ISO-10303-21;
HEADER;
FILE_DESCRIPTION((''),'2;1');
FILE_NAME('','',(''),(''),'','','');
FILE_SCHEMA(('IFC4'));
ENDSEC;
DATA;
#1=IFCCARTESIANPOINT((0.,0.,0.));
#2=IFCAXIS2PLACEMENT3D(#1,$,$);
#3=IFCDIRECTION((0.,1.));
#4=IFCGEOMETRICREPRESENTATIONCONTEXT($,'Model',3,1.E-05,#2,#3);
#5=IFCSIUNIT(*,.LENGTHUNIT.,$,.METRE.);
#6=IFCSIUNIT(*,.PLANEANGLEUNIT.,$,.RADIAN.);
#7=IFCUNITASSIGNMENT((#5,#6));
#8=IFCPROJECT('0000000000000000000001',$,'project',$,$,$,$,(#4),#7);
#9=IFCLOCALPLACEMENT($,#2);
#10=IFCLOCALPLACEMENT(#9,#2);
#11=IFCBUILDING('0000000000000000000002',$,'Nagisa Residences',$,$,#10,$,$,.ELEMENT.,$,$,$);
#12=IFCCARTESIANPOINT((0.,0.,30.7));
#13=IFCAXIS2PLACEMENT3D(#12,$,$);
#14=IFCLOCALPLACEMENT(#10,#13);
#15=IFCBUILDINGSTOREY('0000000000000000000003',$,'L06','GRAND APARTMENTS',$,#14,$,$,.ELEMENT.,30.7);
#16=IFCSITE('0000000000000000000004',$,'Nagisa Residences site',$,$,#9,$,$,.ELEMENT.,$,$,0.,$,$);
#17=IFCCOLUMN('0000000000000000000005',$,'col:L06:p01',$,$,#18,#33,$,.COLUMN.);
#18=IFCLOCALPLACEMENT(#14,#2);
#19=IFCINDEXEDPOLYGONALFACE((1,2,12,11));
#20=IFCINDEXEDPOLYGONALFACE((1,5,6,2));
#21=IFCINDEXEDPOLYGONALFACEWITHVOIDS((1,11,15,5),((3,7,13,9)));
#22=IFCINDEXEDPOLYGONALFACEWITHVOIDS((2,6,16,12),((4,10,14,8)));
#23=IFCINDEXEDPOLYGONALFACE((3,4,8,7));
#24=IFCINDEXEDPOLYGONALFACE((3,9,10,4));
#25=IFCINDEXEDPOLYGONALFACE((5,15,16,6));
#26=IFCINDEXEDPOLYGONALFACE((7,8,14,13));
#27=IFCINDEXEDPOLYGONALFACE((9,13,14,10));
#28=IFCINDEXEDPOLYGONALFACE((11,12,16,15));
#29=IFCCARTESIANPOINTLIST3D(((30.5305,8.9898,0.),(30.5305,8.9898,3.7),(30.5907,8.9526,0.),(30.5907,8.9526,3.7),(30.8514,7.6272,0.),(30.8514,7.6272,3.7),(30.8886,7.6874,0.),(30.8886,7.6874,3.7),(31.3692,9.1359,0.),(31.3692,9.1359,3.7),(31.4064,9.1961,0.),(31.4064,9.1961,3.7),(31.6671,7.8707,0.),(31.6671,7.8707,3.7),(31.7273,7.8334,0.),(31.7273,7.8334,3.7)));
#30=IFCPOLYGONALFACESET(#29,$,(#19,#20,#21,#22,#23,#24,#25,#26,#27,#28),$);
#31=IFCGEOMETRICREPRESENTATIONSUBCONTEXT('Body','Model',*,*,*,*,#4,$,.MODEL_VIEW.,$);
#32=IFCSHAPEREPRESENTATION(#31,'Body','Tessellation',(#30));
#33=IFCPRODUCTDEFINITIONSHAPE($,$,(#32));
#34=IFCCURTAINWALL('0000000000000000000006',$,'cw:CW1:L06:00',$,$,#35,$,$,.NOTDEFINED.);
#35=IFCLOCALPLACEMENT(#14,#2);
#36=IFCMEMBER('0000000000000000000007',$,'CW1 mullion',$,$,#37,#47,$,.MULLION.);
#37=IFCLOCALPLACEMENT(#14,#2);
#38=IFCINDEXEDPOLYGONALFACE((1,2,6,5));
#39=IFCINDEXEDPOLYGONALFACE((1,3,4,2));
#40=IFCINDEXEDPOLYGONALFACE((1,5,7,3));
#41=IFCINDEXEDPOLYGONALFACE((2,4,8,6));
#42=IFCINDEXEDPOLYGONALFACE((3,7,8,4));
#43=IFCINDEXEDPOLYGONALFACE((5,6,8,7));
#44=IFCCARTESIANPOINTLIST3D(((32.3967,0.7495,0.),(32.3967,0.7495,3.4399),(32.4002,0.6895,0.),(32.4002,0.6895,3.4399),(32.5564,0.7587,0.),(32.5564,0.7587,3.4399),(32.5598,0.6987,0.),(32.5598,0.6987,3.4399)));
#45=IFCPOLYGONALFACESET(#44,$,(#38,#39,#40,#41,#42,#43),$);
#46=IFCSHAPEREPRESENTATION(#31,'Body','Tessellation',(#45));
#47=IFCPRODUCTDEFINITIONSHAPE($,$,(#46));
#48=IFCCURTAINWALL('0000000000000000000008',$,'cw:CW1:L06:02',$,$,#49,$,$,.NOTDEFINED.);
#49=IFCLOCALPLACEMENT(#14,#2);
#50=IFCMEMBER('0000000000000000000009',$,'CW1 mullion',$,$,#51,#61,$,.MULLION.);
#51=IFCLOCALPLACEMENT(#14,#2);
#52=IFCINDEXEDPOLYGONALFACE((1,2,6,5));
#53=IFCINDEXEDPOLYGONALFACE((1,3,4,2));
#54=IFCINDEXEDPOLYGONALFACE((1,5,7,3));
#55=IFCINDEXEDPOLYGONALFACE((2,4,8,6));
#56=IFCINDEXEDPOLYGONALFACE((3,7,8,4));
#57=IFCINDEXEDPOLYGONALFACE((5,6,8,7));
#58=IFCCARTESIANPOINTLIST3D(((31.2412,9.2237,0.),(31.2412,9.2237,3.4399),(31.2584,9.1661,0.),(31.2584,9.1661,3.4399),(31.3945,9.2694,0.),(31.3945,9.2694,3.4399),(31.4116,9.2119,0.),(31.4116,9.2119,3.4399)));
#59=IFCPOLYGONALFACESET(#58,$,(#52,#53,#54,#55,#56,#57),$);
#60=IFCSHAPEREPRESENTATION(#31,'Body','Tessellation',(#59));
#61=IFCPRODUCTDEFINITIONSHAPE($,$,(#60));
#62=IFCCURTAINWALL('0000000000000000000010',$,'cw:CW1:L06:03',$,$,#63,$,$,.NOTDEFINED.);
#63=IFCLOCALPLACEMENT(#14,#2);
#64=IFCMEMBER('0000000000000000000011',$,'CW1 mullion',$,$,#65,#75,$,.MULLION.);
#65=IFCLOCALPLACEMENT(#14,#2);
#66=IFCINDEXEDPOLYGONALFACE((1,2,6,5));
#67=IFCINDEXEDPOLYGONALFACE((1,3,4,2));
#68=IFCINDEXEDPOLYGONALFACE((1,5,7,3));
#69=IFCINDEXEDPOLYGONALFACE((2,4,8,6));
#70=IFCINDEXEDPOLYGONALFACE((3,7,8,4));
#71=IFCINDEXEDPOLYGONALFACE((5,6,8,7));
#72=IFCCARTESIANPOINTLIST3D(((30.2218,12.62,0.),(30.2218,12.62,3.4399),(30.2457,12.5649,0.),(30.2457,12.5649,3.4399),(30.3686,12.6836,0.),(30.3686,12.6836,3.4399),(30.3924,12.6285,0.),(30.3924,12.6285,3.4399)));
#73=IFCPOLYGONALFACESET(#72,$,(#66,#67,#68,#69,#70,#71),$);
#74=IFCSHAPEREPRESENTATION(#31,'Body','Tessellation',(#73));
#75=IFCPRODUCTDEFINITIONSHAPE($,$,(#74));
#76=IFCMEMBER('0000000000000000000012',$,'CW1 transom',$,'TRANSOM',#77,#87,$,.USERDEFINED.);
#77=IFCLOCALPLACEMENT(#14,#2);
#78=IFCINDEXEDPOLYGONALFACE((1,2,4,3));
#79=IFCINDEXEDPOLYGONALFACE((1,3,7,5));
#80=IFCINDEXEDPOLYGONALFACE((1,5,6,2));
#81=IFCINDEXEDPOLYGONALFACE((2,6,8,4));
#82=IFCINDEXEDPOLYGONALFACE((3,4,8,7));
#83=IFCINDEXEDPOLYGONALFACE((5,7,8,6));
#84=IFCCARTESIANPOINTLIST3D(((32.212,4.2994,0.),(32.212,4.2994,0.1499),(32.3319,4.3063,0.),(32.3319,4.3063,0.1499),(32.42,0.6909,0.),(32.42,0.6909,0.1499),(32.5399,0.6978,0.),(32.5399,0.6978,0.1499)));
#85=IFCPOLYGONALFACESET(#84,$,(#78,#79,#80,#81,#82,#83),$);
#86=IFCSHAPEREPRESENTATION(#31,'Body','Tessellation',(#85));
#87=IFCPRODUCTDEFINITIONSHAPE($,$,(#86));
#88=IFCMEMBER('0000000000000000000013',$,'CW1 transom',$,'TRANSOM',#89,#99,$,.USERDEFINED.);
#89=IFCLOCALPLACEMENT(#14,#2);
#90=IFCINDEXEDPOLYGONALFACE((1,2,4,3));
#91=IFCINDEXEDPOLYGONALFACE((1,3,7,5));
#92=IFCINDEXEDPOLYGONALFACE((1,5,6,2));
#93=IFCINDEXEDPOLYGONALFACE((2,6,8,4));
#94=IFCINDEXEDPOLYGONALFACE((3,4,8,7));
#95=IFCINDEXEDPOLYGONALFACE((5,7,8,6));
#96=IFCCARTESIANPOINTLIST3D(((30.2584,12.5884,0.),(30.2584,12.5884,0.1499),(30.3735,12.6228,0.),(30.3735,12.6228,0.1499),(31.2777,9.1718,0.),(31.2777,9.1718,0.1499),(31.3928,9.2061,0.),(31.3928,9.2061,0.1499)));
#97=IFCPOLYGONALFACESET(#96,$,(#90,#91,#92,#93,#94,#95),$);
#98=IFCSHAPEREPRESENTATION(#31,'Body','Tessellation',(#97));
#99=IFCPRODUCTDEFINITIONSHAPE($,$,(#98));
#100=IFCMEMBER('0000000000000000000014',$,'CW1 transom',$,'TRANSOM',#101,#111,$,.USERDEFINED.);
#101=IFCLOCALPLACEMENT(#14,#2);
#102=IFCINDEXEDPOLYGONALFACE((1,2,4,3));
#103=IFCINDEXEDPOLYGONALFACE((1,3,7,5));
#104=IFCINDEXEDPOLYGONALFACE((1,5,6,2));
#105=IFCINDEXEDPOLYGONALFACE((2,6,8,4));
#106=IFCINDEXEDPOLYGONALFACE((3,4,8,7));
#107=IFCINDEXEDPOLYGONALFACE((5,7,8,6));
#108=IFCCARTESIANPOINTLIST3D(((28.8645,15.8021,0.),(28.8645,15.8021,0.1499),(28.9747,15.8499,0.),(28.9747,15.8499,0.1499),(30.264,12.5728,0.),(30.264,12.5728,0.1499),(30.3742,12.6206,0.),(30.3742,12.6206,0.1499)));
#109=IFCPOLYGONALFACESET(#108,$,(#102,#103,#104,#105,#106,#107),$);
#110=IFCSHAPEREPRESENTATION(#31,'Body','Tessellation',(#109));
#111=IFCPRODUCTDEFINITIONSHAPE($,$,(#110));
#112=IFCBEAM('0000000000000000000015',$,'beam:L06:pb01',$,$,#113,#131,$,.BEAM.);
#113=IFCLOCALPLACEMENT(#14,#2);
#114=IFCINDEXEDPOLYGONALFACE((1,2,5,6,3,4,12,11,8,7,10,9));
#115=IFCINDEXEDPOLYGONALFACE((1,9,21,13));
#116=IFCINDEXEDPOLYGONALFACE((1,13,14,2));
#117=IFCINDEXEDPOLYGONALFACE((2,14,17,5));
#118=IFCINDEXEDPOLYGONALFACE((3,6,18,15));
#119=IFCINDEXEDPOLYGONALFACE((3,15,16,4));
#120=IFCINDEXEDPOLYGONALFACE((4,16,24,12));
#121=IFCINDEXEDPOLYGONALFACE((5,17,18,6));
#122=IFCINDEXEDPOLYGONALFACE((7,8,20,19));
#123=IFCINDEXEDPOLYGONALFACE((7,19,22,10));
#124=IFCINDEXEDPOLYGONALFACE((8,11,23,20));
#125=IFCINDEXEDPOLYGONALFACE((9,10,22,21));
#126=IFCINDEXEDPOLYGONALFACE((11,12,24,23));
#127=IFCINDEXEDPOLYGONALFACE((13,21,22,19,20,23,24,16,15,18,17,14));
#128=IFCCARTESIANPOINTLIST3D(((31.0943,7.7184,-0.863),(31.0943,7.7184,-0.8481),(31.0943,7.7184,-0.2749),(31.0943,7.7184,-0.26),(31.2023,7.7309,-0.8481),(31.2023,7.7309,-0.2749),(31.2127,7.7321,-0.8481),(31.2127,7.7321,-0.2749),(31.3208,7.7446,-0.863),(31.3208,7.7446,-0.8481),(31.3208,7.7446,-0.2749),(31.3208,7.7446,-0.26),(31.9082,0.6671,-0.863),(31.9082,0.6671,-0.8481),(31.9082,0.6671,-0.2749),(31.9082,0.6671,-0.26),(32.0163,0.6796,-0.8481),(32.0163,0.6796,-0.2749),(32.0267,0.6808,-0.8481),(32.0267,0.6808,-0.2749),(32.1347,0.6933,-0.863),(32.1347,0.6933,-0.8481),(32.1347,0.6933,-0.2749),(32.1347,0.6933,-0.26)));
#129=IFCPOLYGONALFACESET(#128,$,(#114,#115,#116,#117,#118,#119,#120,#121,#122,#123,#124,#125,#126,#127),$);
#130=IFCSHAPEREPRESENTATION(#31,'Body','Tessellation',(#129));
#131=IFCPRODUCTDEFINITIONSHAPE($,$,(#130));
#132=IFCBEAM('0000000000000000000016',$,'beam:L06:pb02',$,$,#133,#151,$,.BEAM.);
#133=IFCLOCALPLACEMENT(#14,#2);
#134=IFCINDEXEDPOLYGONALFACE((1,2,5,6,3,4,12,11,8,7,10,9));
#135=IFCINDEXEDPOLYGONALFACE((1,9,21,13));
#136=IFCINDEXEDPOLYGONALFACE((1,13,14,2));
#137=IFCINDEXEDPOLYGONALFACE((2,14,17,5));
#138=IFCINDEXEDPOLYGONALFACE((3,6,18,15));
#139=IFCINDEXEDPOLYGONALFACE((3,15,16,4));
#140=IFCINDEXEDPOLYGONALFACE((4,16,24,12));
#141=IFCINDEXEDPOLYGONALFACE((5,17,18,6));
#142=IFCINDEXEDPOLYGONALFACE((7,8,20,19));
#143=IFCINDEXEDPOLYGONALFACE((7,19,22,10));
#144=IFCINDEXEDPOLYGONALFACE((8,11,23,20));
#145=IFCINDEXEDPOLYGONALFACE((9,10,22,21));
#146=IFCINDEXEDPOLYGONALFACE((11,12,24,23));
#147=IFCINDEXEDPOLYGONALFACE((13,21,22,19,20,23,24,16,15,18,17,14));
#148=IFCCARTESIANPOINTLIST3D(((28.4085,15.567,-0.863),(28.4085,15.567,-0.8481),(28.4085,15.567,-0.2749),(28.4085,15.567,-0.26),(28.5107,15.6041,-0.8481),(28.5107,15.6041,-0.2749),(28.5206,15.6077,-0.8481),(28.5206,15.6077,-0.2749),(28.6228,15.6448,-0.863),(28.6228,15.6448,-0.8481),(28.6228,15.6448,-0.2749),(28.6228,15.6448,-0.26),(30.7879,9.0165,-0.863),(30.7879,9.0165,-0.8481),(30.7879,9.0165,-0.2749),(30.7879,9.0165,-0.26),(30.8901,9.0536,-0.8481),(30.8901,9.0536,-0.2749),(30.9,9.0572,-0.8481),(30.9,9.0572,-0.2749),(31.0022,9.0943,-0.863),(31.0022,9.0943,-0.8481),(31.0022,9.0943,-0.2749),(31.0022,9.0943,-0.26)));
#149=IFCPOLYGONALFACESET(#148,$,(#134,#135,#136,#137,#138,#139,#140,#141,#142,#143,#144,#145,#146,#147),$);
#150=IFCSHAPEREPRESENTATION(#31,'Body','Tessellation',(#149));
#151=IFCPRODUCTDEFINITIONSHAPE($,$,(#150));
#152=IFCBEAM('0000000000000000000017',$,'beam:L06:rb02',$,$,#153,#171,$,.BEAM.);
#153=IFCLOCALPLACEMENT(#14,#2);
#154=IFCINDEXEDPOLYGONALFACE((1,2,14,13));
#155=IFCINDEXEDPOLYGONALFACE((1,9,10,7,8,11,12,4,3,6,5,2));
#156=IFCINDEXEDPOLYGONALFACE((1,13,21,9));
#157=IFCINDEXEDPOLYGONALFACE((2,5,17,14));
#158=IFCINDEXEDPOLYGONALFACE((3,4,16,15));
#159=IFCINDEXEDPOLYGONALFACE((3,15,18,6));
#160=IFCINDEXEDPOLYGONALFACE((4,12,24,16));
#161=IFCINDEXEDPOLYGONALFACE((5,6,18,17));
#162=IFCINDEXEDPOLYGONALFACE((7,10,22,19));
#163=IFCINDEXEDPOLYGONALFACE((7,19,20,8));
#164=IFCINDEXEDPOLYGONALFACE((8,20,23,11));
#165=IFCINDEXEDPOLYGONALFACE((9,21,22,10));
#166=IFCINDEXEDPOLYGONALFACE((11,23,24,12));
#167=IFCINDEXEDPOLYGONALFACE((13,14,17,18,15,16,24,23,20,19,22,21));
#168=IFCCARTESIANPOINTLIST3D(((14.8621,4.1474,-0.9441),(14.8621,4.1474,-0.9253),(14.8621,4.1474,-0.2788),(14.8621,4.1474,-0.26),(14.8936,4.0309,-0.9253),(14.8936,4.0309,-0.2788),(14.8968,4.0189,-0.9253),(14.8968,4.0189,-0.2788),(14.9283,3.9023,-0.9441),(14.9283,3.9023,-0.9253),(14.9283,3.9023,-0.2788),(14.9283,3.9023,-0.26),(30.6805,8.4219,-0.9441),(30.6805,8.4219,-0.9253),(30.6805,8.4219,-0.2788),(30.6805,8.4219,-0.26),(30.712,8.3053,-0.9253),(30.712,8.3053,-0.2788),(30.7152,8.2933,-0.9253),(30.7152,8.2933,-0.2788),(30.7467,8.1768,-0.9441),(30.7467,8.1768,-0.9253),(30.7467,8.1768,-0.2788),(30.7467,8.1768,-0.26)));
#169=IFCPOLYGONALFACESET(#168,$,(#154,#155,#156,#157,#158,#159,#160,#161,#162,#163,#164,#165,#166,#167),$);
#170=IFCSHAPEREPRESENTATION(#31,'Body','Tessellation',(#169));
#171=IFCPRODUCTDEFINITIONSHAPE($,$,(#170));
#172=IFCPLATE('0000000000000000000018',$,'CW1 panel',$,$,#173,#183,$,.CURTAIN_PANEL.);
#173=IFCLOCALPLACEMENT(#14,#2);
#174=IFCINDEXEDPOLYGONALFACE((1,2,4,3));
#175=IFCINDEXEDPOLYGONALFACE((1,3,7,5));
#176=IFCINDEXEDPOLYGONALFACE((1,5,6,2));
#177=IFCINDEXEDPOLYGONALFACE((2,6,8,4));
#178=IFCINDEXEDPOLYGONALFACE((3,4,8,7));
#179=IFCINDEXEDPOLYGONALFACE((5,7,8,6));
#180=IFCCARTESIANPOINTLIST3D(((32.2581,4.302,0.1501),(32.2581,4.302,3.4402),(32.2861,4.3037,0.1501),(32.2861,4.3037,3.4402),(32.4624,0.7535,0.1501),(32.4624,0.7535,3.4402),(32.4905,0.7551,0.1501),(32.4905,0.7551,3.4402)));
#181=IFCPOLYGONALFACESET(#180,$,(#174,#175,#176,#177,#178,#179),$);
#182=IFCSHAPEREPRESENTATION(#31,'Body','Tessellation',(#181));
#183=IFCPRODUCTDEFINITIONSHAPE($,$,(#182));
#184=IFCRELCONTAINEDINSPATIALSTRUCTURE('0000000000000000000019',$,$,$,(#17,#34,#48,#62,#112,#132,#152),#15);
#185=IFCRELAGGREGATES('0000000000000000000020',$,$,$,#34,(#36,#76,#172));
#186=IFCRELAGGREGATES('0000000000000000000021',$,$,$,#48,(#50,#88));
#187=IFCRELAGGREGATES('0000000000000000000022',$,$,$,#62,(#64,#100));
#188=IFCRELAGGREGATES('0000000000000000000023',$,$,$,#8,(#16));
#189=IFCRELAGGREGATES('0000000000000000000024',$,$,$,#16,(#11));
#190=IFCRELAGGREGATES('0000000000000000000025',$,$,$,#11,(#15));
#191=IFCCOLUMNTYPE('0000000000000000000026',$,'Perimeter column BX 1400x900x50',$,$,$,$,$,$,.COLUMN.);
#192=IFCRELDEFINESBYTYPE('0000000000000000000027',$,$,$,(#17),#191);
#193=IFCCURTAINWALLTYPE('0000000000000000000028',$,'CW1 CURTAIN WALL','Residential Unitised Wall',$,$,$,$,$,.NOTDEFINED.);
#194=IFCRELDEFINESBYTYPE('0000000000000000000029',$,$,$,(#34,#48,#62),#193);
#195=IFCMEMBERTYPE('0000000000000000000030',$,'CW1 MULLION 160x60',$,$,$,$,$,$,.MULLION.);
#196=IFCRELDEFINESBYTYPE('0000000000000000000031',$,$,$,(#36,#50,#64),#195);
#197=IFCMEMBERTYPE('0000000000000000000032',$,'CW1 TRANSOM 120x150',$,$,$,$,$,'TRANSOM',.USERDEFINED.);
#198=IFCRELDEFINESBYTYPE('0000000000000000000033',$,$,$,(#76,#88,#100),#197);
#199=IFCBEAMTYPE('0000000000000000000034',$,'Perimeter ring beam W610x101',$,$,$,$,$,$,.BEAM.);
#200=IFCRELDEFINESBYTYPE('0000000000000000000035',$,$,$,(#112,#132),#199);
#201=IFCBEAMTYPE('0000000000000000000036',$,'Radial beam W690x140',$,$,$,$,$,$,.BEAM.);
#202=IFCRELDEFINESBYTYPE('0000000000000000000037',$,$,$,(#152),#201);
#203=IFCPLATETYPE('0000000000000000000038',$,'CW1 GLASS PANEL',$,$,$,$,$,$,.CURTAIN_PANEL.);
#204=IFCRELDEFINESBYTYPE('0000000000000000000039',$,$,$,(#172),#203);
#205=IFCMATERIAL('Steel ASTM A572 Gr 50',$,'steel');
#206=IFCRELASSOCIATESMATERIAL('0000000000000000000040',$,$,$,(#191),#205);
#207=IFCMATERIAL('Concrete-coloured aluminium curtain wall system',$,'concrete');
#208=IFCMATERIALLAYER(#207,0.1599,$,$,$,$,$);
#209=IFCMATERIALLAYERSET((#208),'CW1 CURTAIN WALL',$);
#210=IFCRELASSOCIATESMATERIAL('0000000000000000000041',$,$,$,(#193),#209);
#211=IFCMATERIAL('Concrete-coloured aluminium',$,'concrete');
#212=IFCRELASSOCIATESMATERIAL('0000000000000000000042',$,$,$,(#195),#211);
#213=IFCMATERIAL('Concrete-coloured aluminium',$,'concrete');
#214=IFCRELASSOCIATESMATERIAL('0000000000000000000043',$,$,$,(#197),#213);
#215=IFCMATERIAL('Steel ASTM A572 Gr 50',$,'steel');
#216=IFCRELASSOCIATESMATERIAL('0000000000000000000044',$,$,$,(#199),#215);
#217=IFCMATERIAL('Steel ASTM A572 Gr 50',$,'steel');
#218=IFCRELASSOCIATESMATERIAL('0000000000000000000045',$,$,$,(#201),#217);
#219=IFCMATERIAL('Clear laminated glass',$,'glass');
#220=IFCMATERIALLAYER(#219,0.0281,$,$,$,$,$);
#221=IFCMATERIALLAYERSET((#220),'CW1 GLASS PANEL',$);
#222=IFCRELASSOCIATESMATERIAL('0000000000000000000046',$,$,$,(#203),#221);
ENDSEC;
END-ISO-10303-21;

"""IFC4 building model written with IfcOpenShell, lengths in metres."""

from ifc_helpers import new_model, si_unit, direction, frame, origin, origin_2d, place, context, subcontext, project, spatial, rectangle, hollow_rectangle, i_section, extrude, material, layer, layer_set, material_profile, profile_set, type_object, element, aggregate, save


model = new_model("IFC4")

# Units and contexts
model_context = context("Model", 3, precision=1e-05, world=origin(), true_north=direction((0.0, 1.0)))
body_context = subcontext(model_context, "Body", "Model", "MODEL_VIEW")
ifc_project = project(units=[si_unit("LENGTHUNIT", "METRE"), si_unit("PLANEANGLEUNIT", "RADIAN")], contexts=[model_context])

# Site, building, storey
site_placement = place(None, origin())
site = spatial("IfcSite", under=ifc_project, at=site_placement, Name="Nagisa Residences site", CompositionType="ELEMENT", RefElevation=0.0)
building_placement = place(site_placement, origin())
building = spatial("IfcBuilding", under=site, at=building_placement, Name="Nagisa Residences", CompositionType="ELEMENT")
storey_placement = place(building_placement, frame((0.0, 0.0, 30.7)))
storey = spatial("IfcBuildingStorey", under=building, at=storey_placement, Name="L06", Description="GRAND APARTMENTS", CompositionType="ELEMENT", Elevation=30.7)

# Column
ifc_material_1 = material(Name="Steel ASTM A572 Gr 50", Category="steel")
ifc_material_profile_1 = material_profile(ifc_material_1, hollow_rectangle(XDim=1.3999, YDim=0.8999, WallThickness=0.05, at=origin_2d()), Name="BX 1400x900x50")
ifc_profile_set_1 = profile_set([ifc_material_profile_1], Name="Steel ASTM A572 Gr 50")
column_type = type_object("IfcColumnType", Name="Perimeter column BX 1400x900x50", PredefinedType="COLUMN", material=ifc_profile_set_1)
column_placement = place(storey_placement, frame((31.1289, 8.4116, 0.0), z_axis=(0.0, 0.0, 1.0), x_axis=(-0.229202, 0.973379, 0.0)))
element("IfcColumn", 1, at=column_placement, inside=storey, type_object=column_type, Name="col:L06:p01", PredefinedType="COLUMN", context=body_context, shape_type="SweptSolid", body=[
    extrude(hollow_rectangle(XDim=1.3999, YDim=0.8999, WallThickness=0.05, at=origin_2d()), origin(), (0.0, 0.0, 1.0), 3.7),
])

# Curtain walls, members
ifc_material_2 = material(Name="Concrete-coloured aluminium curtain wall system", Category="concrete")
ifc_layer_1 = layer(ifc_material_2, 0.1599)
ifc_layer_set_1 = layer_set([ifc_layer_1], Name="CW1 CURTAIN WALL")
curtain_wall_type = type_object("IfcCurtainWallType", Name="CW1 CURTAIN WALL", Description="Residential Unitised Wall", PredefinedType="NOTDEFINED", material=ifc_layer_set_1)
curtain_wall_1_placement = place(storey_placement, origin())
curtain_wall_1 = element("IfcCurtainWall", 2, at=curtain_wall_1_placement, inside=storey, type_object=curtain_wall_type, Name="cw:CW1:L06:00", PredefinedType="NOTDEFINED")
ifc_material_3 = material(Name="Concrete-coloured aluminium", Category="concrete")
ifc_material_profile_2 = material_profile(ifc_material_3, rectangle(XDim=0.1599, YDim=0.0601, at=origin_2d()), Name="CW1 MULLION 160x60")
ifc_profile_set_2 = profile_set([ifc_material_profile_2], Name="Concrete-coloured aluminium")
member_type_1 = type_object("IfcMemberType", Name="CW1 MULLION 160x60", PredefinedType="MULLION", material=ifc_profile_set_2)
member_1_placement = place(storey_placement, frame((32.4783, 0.7241, 0.0), z_axis=(0.0, 0.0, 1.0), x_axis=(-0.998345, -0.057503, 0.0)))
member_1 = element("IfcMember", 3, at=member_1_placement, type_object=member_type_1, Name="CW1 mullion", PredefinedType="MULLION", context=body_context, shape_type="SweptSolid", body=[
    extrude(rectangle(XDim=0.1599, YDim=0.0601, at=origin_2d()), origin(), (0.0, 0.0, 1.0), 3.4399),
])
curtain_wall_2_placement = place(storey_placement, origin())
curtain_wall_2 = element("IfcCurtainWall", 4, at=curtain_wall_2_placement, inside=storey, type_object=curtain_wall_type, Name="cw:CW1:L06:02", PredefinedType="NOTDEFINED")
member_2_placement = place(storey_placement, frame((31.3264, 9.2178, 0.0), z_axis=(0.0, 0.0, 1.0), x_axis=(-0.958271, -0.28586, 0.0)))
member_2 = element("IfcMember", 5, at=member_2_placement, type_object=member_type_1, Name="CW1 mullion", PredefinedType="MULLION", context=body_context, shape_type="SweptSolid", body=[
    extrude(rectangle(XDim=0.1599, YDim=0.0601, at=origin_2d()), origin(), (0.0, 0.0, 1.0), 3.4399),
])
curtain_wall_3_placement = place(storey_placement, origin())
curtain_wall_3 = element("IfcCurtainWall", 6, at=curtain_wall_3_placement, inside=storey, type_object=curtain_wall_type, Name="cw:CW1:L06:03", PredefinedType="NOTDEFINED")
member_3_placement = place(storey_placement, frame((30.3071, 12.6243, 0.0), z_axis=(0.0, 0.0, 1.0), x_axis=(-0.917543, -0.397636, 0.0)))
member_3 = element("IfcMember", 7, at=member_3_placement, type_object=member_type_1, Name="CW1 mullion", PredefinedType="MULLION", context=body_context, shape_type="SweptSolid", body=[
    extrude(rectangle(XDim=0.1599, YDim=0.0601, at=origin_2d()), origin(), (0.0, 0.0, 1.0), 3.4399),
])

# Members
ifc_material_4 = material(Name="Concrete-coloured aluminium", Category="concrete")
ifc_material_profile_3 = material_profile(ifc_material_4, rectangle(XDim=0.1201, YDim=0.1499, at=origin_2d()), Name="CW1 TRANSOM 120x150")
ifc_profile_set_3 = profile_set([ifc_material_profile_3], Name="Concrete-coloured aluminium")
member_type_2 = type_object("IfcMemberType", Name="CW1 TRANSOM 120x150", ElementType="TRANSOM", PredefinedType="USERDEFINED", material=ifc_profile_set_3)
member_4_placement = place(storey_placement, frame((32.48, 0.6943, 0.075), z_axis=(-0.05755, 0.998343, 0.0), x_axis=(-0.998343, -0.05755, 0.0)))
member_4 = element("IfcMember", 8, at=member_4_placement, type_object=member_type_2, Name="CW1 transom", ObjectType="TRANSOM", PredefinedType="USERDEFINED", context=body_context, shape_type="SweptSolid", body=[
    extrude(rectangle(XDim=0.1201, YDim=0.1499, at=origin_2d()), origin(), (0.0, 0.0, 1.0), 3.6145),
])
member_5_placement = place(storey_placement, frame((31.3352, 9.189, 0.075), z_axis=(-0.285871, 0.958268, 0.0), x_axis=(-0.958268, -0.285871, 0.0)))
member_5 = element("IfcMember", 9, at=member_5_placement, type_object=member_type_2, Name="CW1 transom", ObjectType="TRANSOM", PredefinedType="USERDEFINED", context=body_context, shape_type="SweptSolid", body=[
    extrude(rectangle(XDim=0.1201, YDim=0.1499, at=origin_2d()), origin(), (0.0, 0.0, 1.0), 3.5654),
])
member_6_placement = place(storey_placement, frame((30.3191, 12.5967, 0.075), z_axis=(-0.397625, 0.917548, 0.0), x_axis=(-0.917548, -0.397625, 0.0)))
member_6 = element("IfcMember", 10, at=member_6_placement, type_object=member_type_2, Name="CW1 transom", ObjectType="TRANSOM", PredefinedType="USERDEFINED", context=body_context, shape_type="SweptSolid", body=[
    extrude(rectangle(XDim=0.1201, YDim=0.1499, at=origin_2d()), origin(), (0.0, 0.0, 1.0), 3.5195),
])

# Beams
ifc_material_5 = material(Name="Steel ASTM A572 Gr 50", Category="steel")
ifc_material_profile_4 = material_profile(ifc_material_5, i_section(OverallWidth=0.228, OverallDepth=0.603, WebThickness=0.0105, FlangeThickness=0.0149, at=origin_2d()), Name="W610x101")
ifc_profile_set_4 = profile_set([ifc_material_profile_4], Name="Steel ASTM A572 Gr 50")
beam_type_1 = type_object("IfcBeamType", Name="Perimeter ring beam W610x101", PredefinedType="BEAM", material=ifc_profile_set_4)
beam_1_placement = place(storey_placement, frame((32.0215, 0.6802, -0.5615), z_axis=(-0.114674, 0.993403, 0.0), x_axis=(-0.993403, -0.114674, 0.0)))
element("IfcBeam", 11, at=beam_1_placement, inside=storey, type_object=beam_type_1, Name="beam:L06:pb01", PredefinedType="BEAM", context=body_context, shape_type="SweptSolid", body=[
    extrude(i_section(OverallWidth=0.228, OverallDepth=0.603, WebThickness=0.0105, FlangeThickness=0.0149, at=origin_2d()), origin(), (0.0, 0.0, 1.0), 7.0981),
])
beam_2_placement = place(storey_placement, frame((30.895, 9.0554, -0.5615), z_axis=(-0.341411, 0.939914, 0.0), x_axis=(-0.939914, -0.341411, 0.0)))
element("IfcBeam", 12, at=beam_2_placement, inside=storey, type_object=beam_type_1, Name="beam:L06:pb02", PredefinedType="BEAM", context=body_context, shape_type="SweptSolid", body=[
    extrude(i_section(OverallWidth=0.228, OverallDepth=0.603, WebThickness=0.0105, FlangeThickness=0.0149, at=origin_2d()), origin(), (0.0, 0.0, 1.0), 6.9692),
])
ifc_material_6 = material(Name="Steel ASTM A572 Gr 50", Category="steel")
ifc_material_profile_5 = material_profile(ifc_material_6, i_section(OverallWidth=0.2539, OverallDepth=0.6841, WebThickness=0.0125, FlangeThickness=0.0188, at=origin_2d()), Name="W690x140")
ifc_profile_set_5 = profile_set([ifc_material_profile_5], Name="Steel ASTM A572 Gr 50")
beam_type_2 = type_object("IfcBeamType", Name="Radial beam W690x140", PredefinedType="BEAM", material=ifc_profile_set_5)
beam_3_placement = place(storey_placement, frame((30.7136, 8.2993, -0.6021), z_axis=(-0.965376, -0.260862, 0.0), x_axis=(0.260862, -0.965376, 0.0)))
element("IfcBeam", 13, at=beam_3_placement, inside=storey, type_object=beam_type_2, Name="beam:L06:rb02", PredefinedType="BEAM", context=body_context, shape_type="SweptSolid", body=[
    extrude(i_section(OverallWidth=0.2539, OverallDepth=0.6841, WebThickness=0.0125, FlangeThickness=0.0188, at=origin_2d()), origin(), (0.0, 0.0, 1.0), 16.3857),
])

# Plate
ifc_material_7 = material(Name="Clear laminated glass", Category="glass")
ifc_layer_2 = layer(ifc_material_7, 0.0281)
ifc_layer_set_2 = layer_set([ifc_layer_2], Name="CW1 GLASS PANEL")
plate_type = type_object("IfcPlateType", Name="CW1 GLASS PANEL", PredefinedType="CURTAIN_PANEL", material=ifc_layer_set_2)
plate_1_placement = place(storey_placement, frame((32.3743, 2.5286, 0.1501), z_axis=(0.0, 0.0, 1.0), x_axis=(-0.057503, 0.998345, 0.0)))
plate_1 = element("IfcPlate", 14, at=plate_1_placement, type_object=plate_type, Name="CW1 panel", PredefinedType="CURTAIN_PANEL", context=body_context, shape_type="SweptSolid", body=[
    extrude(rectangle(XDim=3.5544, YDim=0.0281, at=origin_2d()), origin(), (0.0, 0.0, 1.0), 3.29),
])
aggregate(curtain_wall_1, [member_1, member_4, plate_1])
aggregate(curtain_wall_2, [member_2, member_5])
aggregate(curtain_wall_3, [member_3, member_6])

save(model, "model.ifc")
